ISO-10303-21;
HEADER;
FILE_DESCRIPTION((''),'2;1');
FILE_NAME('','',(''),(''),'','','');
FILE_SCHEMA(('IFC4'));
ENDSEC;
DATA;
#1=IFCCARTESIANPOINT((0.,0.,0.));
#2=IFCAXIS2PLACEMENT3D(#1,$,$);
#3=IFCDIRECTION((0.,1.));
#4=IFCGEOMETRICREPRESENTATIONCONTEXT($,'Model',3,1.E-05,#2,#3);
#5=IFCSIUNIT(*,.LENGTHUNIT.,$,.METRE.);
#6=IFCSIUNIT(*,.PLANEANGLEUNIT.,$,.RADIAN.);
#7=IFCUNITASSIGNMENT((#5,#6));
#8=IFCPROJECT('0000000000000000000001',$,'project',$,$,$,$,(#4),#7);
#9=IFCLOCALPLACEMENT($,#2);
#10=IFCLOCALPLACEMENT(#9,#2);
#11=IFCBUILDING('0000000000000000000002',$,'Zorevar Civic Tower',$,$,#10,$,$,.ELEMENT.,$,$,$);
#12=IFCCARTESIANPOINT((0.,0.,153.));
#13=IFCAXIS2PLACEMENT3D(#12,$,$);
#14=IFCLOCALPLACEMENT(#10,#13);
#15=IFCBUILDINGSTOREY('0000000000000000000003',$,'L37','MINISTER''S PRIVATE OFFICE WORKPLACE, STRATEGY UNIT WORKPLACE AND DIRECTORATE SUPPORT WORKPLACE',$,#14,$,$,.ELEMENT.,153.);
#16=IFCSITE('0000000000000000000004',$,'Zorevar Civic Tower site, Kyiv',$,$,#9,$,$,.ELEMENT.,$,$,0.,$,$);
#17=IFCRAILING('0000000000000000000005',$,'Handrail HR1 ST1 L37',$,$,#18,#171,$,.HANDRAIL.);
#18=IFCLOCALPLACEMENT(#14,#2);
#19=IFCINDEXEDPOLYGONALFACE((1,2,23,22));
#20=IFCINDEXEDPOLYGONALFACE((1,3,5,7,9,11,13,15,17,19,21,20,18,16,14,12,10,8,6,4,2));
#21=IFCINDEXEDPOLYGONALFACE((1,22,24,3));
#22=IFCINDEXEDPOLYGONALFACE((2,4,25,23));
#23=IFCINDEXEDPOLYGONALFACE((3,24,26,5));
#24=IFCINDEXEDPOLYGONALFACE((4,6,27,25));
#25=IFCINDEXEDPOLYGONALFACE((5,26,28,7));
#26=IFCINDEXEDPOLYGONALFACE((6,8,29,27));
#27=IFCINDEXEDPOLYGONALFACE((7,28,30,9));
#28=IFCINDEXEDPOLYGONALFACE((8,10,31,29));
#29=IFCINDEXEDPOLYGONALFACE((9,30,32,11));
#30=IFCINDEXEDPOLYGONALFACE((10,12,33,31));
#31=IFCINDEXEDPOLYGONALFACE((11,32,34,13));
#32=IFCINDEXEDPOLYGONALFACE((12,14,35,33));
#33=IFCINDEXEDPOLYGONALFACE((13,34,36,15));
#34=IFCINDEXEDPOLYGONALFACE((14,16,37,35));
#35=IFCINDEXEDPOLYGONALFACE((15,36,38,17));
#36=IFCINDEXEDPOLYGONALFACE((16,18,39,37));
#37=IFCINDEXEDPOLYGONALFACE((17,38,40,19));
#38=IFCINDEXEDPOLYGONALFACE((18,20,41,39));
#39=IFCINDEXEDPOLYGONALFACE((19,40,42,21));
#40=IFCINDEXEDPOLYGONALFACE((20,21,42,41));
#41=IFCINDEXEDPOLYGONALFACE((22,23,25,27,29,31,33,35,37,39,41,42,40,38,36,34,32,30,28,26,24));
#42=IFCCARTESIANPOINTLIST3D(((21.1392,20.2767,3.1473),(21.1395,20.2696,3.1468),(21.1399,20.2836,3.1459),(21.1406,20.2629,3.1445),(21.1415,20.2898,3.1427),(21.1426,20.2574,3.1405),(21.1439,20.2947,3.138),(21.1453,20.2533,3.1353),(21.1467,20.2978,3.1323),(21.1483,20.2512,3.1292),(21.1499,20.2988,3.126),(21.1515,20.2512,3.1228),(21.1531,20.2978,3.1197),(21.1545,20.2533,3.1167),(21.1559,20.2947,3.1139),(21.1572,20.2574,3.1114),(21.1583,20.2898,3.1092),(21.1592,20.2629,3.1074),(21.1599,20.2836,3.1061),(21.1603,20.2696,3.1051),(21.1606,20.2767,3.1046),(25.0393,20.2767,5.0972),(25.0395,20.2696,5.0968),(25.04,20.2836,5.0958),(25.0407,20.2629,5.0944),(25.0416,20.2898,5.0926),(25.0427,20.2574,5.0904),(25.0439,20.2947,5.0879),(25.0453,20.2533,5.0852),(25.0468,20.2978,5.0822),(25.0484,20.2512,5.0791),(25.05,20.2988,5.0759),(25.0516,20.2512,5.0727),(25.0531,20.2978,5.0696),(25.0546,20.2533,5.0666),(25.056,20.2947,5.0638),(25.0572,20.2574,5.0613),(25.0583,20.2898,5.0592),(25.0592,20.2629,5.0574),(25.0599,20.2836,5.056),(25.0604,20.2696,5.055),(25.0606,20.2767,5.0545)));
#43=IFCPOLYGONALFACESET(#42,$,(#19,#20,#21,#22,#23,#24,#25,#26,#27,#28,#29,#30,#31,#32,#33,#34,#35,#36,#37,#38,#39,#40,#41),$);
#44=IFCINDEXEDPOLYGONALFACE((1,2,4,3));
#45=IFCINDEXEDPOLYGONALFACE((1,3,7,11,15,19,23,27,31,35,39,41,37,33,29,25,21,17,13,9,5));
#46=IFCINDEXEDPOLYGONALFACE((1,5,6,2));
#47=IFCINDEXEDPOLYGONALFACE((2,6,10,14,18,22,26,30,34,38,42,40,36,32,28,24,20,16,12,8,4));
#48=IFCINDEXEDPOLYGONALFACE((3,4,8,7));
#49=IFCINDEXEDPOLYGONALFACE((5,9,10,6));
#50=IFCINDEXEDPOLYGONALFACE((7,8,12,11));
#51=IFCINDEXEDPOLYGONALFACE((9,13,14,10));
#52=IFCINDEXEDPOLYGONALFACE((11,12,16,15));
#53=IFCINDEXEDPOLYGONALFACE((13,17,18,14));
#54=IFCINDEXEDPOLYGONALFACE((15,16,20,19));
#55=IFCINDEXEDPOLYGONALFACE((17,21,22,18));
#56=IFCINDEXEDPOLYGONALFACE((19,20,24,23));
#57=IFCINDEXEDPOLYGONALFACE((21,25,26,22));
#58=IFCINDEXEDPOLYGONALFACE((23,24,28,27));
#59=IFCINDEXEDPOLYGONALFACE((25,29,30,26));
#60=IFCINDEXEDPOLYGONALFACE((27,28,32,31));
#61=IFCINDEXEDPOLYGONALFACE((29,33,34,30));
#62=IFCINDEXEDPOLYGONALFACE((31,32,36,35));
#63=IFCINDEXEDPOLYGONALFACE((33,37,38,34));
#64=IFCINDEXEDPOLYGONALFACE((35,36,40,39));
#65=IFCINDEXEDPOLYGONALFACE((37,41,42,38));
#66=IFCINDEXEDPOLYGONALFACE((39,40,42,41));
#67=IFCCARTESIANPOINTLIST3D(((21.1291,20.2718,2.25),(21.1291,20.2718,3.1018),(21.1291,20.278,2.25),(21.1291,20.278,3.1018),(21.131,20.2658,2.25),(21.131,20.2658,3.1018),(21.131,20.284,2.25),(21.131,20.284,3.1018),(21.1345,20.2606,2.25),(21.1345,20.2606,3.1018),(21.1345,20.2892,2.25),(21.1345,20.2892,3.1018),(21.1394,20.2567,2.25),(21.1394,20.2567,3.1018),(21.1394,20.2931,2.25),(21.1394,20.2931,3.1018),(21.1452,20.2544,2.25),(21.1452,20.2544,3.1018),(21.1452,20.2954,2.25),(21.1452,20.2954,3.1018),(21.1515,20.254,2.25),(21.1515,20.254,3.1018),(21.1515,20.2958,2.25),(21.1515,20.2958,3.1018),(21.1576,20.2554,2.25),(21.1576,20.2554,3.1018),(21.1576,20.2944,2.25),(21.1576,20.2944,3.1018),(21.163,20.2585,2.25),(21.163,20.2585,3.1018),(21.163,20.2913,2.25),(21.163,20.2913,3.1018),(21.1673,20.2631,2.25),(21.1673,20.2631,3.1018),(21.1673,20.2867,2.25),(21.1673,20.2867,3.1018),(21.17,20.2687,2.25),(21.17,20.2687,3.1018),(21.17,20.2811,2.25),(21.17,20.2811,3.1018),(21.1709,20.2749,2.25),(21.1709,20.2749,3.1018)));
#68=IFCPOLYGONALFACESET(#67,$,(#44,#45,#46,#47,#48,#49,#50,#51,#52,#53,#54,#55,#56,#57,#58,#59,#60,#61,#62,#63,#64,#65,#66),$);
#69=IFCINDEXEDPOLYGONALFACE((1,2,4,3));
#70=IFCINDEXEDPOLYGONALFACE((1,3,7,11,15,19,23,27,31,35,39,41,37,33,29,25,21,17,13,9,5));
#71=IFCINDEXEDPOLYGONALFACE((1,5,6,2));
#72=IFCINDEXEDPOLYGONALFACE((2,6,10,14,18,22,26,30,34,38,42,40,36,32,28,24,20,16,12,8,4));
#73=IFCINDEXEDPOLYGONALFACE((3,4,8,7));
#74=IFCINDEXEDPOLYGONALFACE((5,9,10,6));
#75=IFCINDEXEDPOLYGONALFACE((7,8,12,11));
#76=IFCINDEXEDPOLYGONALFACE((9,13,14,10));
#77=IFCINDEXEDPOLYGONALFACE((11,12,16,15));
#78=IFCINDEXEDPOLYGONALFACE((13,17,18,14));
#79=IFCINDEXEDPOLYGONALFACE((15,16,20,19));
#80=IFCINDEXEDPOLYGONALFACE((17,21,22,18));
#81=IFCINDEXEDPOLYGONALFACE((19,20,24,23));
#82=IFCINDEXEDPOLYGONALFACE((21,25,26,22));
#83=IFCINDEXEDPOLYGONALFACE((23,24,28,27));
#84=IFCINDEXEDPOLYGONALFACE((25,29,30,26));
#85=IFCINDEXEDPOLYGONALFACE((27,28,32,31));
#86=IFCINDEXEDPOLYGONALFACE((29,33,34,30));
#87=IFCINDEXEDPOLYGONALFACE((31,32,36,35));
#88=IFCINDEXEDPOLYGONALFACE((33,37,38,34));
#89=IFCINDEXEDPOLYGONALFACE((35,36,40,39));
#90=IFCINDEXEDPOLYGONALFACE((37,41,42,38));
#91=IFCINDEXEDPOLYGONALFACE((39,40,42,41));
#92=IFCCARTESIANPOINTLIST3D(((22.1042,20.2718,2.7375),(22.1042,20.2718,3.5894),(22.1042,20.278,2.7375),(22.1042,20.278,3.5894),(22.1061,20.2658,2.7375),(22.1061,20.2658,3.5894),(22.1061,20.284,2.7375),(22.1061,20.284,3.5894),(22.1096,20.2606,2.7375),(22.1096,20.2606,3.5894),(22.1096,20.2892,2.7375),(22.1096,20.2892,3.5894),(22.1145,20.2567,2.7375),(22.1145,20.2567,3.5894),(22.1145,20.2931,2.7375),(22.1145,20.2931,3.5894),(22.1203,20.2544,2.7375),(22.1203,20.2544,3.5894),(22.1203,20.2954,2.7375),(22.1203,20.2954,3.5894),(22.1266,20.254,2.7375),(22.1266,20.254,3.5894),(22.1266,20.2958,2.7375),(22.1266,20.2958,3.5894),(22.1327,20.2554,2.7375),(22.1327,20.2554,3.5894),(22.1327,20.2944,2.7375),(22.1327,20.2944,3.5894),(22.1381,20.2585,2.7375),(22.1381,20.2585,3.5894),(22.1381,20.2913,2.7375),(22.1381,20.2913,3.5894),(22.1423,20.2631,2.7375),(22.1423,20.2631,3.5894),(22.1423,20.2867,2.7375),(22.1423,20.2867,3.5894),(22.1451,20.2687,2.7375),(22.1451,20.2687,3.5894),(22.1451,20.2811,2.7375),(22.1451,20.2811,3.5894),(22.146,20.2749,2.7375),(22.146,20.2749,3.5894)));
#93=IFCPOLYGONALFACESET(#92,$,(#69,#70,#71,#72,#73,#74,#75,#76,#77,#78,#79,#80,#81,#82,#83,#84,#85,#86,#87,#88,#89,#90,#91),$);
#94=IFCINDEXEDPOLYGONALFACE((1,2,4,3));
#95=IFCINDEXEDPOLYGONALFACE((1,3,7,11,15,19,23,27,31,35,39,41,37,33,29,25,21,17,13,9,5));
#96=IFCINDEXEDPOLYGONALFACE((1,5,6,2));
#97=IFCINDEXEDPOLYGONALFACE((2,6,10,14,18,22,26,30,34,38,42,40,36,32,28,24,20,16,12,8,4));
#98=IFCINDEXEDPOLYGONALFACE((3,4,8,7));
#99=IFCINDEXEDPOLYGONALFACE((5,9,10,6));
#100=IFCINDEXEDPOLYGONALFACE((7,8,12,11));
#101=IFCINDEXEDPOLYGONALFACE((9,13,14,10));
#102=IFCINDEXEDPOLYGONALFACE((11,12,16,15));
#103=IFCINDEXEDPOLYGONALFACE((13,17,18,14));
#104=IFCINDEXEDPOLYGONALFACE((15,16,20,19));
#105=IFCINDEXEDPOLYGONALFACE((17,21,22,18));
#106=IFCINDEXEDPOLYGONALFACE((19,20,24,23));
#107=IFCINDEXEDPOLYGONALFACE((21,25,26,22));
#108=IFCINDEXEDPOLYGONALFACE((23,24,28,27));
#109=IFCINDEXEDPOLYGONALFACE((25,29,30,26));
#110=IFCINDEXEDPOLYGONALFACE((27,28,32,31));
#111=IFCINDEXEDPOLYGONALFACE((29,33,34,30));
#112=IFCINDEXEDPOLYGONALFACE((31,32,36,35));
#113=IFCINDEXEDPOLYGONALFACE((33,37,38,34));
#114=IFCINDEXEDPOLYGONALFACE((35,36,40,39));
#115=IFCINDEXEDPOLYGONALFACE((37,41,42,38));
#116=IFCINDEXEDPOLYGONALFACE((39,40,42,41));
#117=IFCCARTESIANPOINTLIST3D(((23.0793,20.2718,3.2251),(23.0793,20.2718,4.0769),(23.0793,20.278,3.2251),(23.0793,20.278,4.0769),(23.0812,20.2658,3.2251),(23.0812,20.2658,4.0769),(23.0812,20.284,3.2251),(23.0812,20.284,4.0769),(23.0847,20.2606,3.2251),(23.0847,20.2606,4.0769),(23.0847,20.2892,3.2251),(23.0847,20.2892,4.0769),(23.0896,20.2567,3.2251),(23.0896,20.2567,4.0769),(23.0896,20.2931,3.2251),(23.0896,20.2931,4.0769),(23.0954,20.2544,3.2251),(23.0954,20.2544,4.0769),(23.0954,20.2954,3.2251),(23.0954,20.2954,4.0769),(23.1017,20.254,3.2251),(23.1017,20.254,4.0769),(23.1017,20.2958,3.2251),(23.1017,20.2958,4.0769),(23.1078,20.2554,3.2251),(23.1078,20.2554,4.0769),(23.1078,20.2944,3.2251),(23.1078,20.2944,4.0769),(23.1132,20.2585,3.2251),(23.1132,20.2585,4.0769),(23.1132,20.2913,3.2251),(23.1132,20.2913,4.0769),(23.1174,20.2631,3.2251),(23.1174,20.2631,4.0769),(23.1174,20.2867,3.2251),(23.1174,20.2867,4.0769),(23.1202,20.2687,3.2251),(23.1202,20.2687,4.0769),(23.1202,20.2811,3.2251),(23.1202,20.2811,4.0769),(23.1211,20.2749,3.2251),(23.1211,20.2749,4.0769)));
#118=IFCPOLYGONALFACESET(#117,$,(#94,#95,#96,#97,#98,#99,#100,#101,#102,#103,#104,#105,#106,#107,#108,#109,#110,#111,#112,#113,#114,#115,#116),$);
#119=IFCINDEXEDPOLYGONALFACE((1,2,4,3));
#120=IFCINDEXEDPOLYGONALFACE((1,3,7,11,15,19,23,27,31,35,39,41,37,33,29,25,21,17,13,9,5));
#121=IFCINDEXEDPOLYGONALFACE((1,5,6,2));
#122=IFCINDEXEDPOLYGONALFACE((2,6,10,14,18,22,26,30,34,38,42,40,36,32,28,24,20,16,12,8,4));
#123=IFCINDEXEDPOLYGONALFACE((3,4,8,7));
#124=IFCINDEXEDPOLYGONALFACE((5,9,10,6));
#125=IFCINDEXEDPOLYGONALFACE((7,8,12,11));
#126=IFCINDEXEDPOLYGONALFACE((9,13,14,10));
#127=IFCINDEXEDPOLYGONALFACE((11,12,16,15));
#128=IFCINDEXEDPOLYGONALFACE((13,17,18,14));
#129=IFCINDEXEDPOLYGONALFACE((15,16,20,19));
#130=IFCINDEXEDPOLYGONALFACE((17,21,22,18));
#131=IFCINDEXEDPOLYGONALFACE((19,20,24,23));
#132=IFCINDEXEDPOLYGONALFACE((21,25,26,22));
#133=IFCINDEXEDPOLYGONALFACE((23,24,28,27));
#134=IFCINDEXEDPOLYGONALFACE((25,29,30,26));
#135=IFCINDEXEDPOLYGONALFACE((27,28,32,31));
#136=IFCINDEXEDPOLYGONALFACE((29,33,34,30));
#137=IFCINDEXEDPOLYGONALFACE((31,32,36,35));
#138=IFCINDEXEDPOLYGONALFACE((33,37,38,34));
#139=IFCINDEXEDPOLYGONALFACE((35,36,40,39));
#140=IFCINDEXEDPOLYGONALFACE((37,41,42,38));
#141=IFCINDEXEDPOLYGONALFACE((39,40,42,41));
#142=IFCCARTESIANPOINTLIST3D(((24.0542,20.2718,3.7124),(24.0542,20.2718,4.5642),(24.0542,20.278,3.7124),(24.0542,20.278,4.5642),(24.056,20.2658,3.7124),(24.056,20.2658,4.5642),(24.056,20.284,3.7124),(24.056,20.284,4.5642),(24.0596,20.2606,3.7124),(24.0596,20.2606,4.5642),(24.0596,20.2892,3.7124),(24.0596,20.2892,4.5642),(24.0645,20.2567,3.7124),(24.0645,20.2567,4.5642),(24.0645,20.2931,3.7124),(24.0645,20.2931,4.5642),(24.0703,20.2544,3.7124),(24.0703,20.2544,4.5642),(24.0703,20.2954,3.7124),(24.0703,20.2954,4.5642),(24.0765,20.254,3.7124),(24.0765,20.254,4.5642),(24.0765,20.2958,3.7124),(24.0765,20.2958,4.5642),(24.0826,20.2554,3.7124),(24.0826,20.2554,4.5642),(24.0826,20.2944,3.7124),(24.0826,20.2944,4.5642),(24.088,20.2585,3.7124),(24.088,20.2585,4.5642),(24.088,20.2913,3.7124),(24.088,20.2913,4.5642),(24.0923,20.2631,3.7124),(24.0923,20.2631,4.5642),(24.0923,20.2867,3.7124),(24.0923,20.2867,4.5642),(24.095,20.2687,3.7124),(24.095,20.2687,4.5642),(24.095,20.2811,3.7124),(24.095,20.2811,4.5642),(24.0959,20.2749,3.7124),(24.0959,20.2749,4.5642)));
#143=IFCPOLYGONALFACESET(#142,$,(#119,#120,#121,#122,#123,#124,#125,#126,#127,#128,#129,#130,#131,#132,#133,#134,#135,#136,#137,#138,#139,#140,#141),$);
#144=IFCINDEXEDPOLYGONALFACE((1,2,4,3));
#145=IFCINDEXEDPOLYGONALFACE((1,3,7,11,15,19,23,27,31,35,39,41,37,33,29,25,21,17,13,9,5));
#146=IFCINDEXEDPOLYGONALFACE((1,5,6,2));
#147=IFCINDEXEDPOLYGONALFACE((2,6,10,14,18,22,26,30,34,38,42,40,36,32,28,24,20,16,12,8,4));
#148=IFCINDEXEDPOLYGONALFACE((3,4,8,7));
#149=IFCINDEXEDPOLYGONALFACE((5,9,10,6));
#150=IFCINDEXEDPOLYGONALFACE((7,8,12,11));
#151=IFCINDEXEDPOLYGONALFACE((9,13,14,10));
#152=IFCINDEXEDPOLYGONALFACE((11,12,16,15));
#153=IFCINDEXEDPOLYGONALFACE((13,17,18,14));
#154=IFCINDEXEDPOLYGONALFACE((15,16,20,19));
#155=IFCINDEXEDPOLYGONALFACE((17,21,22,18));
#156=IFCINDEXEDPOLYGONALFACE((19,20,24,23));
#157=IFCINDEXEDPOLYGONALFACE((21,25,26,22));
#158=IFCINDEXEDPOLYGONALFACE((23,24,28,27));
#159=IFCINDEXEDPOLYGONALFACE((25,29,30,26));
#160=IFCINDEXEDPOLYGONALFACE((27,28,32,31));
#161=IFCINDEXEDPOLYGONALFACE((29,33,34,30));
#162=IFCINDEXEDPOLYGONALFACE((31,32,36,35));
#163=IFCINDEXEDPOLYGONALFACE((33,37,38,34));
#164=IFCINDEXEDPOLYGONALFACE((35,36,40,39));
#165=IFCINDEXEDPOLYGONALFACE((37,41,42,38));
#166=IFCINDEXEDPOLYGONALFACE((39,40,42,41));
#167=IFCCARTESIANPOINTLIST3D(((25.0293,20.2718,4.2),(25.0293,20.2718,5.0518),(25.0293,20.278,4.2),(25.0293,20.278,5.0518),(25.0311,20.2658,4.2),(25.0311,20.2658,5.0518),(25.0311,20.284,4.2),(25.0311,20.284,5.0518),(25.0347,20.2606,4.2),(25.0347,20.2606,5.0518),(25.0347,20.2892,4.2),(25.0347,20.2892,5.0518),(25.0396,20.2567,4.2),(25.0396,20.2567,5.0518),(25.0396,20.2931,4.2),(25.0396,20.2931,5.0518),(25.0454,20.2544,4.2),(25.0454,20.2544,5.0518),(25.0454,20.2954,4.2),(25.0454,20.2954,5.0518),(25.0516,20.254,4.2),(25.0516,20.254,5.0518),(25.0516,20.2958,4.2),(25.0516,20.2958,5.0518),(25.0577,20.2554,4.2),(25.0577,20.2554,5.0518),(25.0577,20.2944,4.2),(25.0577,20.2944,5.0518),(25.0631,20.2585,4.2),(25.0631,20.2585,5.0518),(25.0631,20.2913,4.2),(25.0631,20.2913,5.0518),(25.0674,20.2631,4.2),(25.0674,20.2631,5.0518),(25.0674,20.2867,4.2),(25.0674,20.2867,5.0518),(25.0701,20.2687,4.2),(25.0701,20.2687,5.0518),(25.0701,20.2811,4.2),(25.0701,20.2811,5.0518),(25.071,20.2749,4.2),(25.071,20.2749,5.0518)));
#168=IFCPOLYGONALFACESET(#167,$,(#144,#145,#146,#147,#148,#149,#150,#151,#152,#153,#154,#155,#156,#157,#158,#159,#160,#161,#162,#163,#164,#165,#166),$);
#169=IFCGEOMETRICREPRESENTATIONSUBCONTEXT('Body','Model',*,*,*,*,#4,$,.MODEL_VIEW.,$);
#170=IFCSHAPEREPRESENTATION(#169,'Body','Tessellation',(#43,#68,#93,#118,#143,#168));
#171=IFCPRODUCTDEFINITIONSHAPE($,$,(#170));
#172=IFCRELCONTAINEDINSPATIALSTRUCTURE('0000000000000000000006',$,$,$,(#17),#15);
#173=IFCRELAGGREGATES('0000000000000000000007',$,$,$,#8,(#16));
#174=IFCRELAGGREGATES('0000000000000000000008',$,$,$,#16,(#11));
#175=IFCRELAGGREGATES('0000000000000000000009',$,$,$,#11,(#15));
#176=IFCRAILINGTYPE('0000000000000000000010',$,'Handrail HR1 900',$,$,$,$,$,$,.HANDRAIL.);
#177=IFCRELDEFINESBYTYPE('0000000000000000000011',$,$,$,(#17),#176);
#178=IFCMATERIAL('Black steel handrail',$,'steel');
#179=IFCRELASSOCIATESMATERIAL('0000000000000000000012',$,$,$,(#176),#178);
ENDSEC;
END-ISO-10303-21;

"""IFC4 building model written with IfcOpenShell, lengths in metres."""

from ifc_helpers import new_model, si_unit, direction, frame, origin, origin_2d, place, context, subcontext, project, spatial, circle, extrude, material, type_object, element, save


model = new_model("IFC4")

# Units and contexts
model_context = context("Model", 3, precision=1e-05, world=origin(), true_north=direction((0.0, 1.0)))
body_context = subcontext(model_context, "Body", "Model", "MODEL_VIEW")
ifc_project = project(units=[si_unit("LENGTHUNIT", "METRE"), si_unit("PLANEANGLEUNIT", "RADIAN")], contexts=[model_context])

# Site, building, storey
site_placement = place(None, origin())
site = spatial("IfcSite", under=ifc_project, at=site_placement, Name="Zorevar Civic Tower site, Kyiv", CompositionType="ELEMENT", RefElevation=0.0)
building_placement = place(site_placement, origin())
building = spatial("IfcBuilding", under=site, at=building_placement, Name="Zorevar Civic Tower", CompositionType="ELEMENT")
storey_placement = place(building_placement, frame((0.0, 0.0, 153.0)))
storey = spatial("IfcBuildingStorey", under=building, at=storey_placement, Name="L37", Description="MINISTER'S PRIVATE OFFICE WORKPLACE, STRATEGY UNIT WORKPLACE AND DIRECTORATE SUPPORT WORKPLACE", CompositionType="ELEMENT", Elevation=153.0)

# Railing
ifc_material_1 = material(Name="Black steel handrail", Category="steel")
railing_type = type_object("IfcRailingType", Name="Handrail HR1 900", PredefinedType="HANDRAIL", material=ifc_material_1)
railing_1_placement = place(storey_placement, frame((21.1499, 20.2749, 2.25)))
element("IfcRailing", 1, at=railing_1_placement, inside=storey, type_object=railing_type, Name="Handrail HR1 ST1 L37", PredefinedType="HANDRAIL", context=body_context, shape_type="SweptSolid", body=[
    extrude(circle(Radius=0.0239, at=origin_2d()), frame((0.0, 0.0, 0.876), z_axis=(0.894438, 0.0, 0.447191), x_axis=(0.0, 1.0, 0.0)), (0.0, 0.0, 1.0), 4.3604),
    extrude(circle(Radius=0.021, at=origin_2d()), origin(), (0.0, 0.0, 1.0), 0.8518),
    extrude(circle(Radius=0.021, at=origin_2d()), frame((0.9751, 0.0, 0.4875)), (0.0, 0.0, 1.0), 0.8518),
    extrude(circle(Radius=0.021, at=origin_2d()), frame((1.9502, 0.0, 0.9751)), (0.0, 0.0, 1.0), 0.8518),
    extrude(circle(Radius=0.021, at=origin_2d()), frame((2.925, 0.0, 1.4624)), (0.0, 0.0, 1.0), 0.8518),
    extrude(circle(Radius=0.021, at=origin_2d()), frame((3.9001, 0.0, 1.95)), (0.0, 0.0, 1.0), 0.8518),
])

save(model, "model.ifc")
